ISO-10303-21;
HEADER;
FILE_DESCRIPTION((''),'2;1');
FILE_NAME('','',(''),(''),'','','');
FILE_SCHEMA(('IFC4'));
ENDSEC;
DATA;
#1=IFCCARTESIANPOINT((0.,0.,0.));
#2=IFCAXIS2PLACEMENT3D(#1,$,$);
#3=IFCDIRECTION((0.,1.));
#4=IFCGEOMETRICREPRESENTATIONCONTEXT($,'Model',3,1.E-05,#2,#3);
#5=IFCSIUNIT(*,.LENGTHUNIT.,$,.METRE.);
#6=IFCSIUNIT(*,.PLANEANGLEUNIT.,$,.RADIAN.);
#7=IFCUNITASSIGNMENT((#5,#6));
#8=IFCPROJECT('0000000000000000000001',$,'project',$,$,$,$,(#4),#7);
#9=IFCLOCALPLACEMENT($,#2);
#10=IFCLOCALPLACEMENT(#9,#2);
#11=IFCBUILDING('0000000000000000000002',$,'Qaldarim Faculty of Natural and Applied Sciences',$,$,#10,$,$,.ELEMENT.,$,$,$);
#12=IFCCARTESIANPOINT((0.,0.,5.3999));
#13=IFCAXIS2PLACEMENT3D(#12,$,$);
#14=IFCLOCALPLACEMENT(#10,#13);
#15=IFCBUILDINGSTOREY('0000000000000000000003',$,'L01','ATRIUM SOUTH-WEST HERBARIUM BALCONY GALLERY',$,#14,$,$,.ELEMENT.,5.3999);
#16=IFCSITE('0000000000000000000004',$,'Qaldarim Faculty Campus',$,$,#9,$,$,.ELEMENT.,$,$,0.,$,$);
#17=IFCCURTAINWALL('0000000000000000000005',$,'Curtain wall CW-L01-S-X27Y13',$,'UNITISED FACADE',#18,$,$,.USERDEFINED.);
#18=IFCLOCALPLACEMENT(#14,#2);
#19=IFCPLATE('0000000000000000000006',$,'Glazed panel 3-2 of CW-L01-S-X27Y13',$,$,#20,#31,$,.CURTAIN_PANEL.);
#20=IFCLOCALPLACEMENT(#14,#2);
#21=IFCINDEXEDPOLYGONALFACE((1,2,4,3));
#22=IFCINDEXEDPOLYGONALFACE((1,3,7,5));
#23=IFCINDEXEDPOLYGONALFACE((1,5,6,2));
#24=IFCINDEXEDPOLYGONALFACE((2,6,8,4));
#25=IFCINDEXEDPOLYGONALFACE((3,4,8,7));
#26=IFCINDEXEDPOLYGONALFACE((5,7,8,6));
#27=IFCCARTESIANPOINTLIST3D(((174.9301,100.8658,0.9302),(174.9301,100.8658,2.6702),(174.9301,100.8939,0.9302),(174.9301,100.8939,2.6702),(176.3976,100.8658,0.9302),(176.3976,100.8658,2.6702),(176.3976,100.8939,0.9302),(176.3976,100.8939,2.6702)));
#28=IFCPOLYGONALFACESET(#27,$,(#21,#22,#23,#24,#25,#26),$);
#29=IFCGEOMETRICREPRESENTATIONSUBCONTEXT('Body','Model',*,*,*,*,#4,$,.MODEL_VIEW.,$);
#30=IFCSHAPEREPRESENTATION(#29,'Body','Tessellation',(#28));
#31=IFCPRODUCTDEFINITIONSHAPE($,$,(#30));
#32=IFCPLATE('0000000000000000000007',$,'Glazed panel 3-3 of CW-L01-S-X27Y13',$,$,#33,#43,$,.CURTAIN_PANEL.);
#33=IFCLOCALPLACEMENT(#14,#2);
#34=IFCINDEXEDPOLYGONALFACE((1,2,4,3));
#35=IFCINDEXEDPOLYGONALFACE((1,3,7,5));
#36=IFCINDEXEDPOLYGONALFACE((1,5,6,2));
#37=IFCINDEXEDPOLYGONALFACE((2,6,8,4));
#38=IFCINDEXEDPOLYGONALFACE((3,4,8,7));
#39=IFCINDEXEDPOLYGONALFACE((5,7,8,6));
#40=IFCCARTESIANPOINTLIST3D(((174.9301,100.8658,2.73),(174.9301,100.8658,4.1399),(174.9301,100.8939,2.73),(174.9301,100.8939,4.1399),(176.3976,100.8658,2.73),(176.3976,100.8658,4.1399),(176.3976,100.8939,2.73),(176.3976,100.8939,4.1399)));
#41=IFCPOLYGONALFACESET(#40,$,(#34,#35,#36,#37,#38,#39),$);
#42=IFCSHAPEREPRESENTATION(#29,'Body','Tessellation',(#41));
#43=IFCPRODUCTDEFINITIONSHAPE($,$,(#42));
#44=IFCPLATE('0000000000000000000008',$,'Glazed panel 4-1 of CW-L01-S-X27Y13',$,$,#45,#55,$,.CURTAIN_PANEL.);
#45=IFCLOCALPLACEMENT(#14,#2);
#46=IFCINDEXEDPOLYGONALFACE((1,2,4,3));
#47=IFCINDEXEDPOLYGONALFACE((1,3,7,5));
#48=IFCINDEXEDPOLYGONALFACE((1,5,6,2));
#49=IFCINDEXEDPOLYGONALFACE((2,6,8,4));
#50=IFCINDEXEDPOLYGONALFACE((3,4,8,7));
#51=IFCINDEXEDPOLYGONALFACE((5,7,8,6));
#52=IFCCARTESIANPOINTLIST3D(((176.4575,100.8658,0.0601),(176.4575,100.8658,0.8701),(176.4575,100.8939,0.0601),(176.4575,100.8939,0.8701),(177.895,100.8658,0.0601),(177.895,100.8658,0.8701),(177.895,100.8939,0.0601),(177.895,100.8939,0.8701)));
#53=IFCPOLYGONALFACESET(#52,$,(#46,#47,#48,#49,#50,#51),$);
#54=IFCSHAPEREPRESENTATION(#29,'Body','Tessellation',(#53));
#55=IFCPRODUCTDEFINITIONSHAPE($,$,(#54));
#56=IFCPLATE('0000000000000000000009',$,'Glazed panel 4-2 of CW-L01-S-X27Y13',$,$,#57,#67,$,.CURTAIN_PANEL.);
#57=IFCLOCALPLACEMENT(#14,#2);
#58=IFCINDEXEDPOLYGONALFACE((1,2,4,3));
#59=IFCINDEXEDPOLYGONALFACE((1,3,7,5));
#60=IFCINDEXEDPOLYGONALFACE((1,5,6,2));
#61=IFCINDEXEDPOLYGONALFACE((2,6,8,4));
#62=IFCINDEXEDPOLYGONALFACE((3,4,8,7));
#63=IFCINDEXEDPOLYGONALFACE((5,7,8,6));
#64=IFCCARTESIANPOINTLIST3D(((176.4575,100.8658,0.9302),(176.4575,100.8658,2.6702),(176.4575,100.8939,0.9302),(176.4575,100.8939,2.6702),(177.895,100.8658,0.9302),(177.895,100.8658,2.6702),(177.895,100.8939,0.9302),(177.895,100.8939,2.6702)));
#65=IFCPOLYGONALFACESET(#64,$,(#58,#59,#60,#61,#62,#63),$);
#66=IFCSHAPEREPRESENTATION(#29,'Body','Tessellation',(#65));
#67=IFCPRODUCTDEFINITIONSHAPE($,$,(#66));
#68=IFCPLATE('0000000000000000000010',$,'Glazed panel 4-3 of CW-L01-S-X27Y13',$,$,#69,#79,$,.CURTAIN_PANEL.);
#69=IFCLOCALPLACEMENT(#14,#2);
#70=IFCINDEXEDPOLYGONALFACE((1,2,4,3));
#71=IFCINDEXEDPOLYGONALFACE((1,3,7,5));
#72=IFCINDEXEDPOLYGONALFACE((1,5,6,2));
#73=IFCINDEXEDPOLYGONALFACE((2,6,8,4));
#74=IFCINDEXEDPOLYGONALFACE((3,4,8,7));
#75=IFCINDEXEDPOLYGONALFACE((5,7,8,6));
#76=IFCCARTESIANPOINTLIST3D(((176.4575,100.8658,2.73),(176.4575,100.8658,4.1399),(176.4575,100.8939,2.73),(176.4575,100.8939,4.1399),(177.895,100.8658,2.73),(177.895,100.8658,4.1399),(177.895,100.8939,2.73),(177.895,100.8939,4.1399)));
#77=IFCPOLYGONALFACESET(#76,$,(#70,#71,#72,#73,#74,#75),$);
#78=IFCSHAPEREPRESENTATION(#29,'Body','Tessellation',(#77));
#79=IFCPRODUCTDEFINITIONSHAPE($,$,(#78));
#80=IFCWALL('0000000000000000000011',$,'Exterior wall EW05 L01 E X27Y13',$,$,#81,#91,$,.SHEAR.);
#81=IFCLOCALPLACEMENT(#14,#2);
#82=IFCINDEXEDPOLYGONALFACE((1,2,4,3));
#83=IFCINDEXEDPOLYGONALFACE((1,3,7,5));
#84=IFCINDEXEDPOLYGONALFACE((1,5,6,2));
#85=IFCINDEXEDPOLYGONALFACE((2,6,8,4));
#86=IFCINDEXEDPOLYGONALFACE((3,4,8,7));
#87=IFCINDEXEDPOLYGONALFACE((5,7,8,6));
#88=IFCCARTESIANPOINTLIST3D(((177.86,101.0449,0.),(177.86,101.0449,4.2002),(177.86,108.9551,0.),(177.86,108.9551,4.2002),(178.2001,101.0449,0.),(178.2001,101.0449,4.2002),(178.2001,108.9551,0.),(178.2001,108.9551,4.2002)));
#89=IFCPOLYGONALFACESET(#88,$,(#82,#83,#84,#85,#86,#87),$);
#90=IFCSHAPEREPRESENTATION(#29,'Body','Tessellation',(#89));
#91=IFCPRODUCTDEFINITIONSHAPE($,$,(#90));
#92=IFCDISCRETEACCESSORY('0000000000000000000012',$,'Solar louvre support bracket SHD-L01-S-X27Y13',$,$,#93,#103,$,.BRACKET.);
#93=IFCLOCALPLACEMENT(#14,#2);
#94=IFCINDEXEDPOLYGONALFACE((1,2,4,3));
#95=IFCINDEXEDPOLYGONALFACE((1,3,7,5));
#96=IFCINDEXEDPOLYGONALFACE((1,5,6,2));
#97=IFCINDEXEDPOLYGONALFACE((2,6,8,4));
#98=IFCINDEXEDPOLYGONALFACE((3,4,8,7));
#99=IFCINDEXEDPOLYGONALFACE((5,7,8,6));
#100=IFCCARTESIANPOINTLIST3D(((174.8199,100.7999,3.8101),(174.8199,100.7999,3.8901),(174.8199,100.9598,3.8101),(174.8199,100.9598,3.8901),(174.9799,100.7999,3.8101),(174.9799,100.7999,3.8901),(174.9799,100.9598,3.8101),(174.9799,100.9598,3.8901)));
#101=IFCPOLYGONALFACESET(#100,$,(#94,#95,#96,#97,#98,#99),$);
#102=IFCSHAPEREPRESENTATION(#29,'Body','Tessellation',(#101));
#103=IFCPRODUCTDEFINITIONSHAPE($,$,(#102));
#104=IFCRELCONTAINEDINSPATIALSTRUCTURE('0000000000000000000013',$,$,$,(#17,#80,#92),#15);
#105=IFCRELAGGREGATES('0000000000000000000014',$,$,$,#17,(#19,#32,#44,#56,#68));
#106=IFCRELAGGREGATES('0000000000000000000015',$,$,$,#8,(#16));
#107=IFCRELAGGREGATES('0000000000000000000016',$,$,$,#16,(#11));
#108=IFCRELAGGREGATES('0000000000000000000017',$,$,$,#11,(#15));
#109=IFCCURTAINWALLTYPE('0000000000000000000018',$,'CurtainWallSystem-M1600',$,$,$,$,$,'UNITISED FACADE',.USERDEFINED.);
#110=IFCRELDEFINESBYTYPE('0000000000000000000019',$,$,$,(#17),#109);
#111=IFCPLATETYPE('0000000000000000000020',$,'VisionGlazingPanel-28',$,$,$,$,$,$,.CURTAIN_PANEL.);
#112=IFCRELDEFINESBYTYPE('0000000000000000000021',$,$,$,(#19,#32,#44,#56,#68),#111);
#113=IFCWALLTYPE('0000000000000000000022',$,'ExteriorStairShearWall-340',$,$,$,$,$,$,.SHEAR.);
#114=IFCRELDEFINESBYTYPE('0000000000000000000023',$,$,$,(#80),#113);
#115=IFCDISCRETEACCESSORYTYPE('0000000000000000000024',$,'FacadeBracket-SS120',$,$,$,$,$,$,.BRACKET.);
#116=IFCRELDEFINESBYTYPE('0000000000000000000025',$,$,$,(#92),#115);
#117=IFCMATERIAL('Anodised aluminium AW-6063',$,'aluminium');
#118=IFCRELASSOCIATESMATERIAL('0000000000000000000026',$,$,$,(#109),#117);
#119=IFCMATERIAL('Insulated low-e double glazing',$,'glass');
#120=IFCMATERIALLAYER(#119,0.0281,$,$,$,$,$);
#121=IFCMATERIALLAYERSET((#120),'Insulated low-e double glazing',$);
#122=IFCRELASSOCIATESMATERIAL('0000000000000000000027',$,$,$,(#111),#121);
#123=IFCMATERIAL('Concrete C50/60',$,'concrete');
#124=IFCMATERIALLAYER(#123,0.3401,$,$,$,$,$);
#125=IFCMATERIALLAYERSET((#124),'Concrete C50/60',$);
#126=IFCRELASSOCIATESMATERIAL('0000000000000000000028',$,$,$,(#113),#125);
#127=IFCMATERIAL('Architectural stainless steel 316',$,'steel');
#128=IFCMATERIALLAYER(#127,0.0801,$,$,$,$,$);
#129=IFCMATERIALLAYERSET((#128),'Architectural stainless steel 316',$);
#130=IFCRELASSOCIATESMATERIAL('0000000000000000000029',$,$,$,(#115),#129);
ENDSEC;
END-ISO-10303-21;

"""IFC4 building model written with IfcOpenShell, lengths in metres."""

from ifc_helpers import new_model, si_unit, direction, frame, frame_2d, origin, origin_2d, place, context, subcontext, project, spatial, rectangle, extrude, material, layer, layer_set, type_object, element, aggregate, save


model = new_model("IFC4")

# Units and contexts
model_context = context("Model", 3, precision=1e-05, world=origin(), true_north=direction((0.0, 1.0)))
body_context = subcontext(model_context, "Body", "Model", "MODEL_VIEW")
ifc_project = project(units=[si_unit("LENGTHUNIT", "METRE"), si_unit("PLANEANGLEUNIT", "RADIAN")], contexts=[model_context])

# Site, building, storey
site_placement = place(None, origin())
site = spatial("IfcSite", under=ifc_project, at=site_placement, Name="Qaldarim Faculty Campus", CompositionType="ELEMENT", RefElevation=0.0)
building_placement = place(site_placement, origin())
building = spatial("IfcBuilding", under=site, at=building_placement, Name="Qaldarim Faculty of Natural and Applied Sciences", CompositionType="ELEMENT")
storey_placement = place(building_placement, frame((0.0, 0.0, 5.3999)))
storey = spatial("IfcBuildingStorey", under=building, at=storey_placement, Name="L01", Description="ATRIUM SOUTH-WEST HERBARIUM BALCONY GALLERY", CompositionType="ELEMENT", Elevation=5.3999)

# Curtain wall, plates
ifc_material_1 = material(Name="Anodised aluminium AW-6063", Category="aluminium")
curtain_wall_type = type_object("IfcCurtainWallType", Name="CurtainWallSystem-M1600", ElementType="UNITISED FACADE", PredefinedType="USERDEFINED", material=ifc_material_1)
curtain_wall_placement = place(storey_placement, origin())
curtain_wall = element("IfcCurtainWall", 1, at=curtain_wall_placement, inside=storey, type_object=curtain_wall_type, Name="Curtain wall CW-L01-S-X27Y13", ObjectType="UNITISED FACADE", PredefinedType="USERDEFINED")
ifc_material_2 = material(Name="Insulated low-e double glazing", Category="glass")
ifc_layer_1 = layer(ifc_material_2, 0.0281)
ifc_layer_set_1 = layer_set([ifc_layer_1], Name="Insulated low-e double glazing")
plate_type = type_object("IfcPlateType", Name="VisionGlazingPanel-28", PredefinedType="CURTAIN_PANEL", material=ifc_layer_set_1)
plate_1_placement = place(storey_placement, frame((175.6638, 100.8799, 0.9302), z_axis=(0.0, 0.0, 1.0), x_axis=(1.0, 0.0, 0.0)))
plate_1 = element("IfcPlate", 2, at=plate_1_placement, type_object=plate_type, Name="Glazed panel 3-2 of CW-L01-S-X27Y13", PredefinedType="CURTAIN_PANEL", context=body_context, shape_type="SweptSolid", body=[
    extrude(rectangle(XDim=1.4675, YDim=0.0281, at=origin_2d()), origin(), (0.0, 0.0, 1.0), 1.74),
])
plate_2_placement = place(storey_placement, frame((175.6638, 100.8799, 2.73), z_axis=(0.0, 0.0, 1.0), x_axis=(1.0, 0.0, 0.0)))
plate_2 = element("IfcPlate", 3, at=plate_2_placement, type_object=plate_type, Name="Glazed panel 3-3 of CW-L01-S-X27Y13", PredefinedType="CURTAIN_PANEL", context=body_context, shape_type="SweptSolid", body=[
    extrude(rectangle(XDim=1.4675, YDim=0.0281, at=origin_2d()), origin(), (0.0, 0.0, 1.0), 1.4099),
])
plate_3_placement = place(storey_placement, frame((177.1763, 100.8799, 0.0601), z_axis=(0.0, 0.0, 1.0), x_axis=(1.0, 0.0, 0.0)))
plate_3 = element("IfcPlate", 4, at=plate_3_placement, type_object=plate_type, Name="Glazed panel 4-1 of CW-L01-S-X27Y13", PredefinedType="CURTAIN_PANEL", context=body_context, shape_type="SweptSolid", body=[
    extrude(rectangle(XDim=1.4375, YDim=0.0281, at=origin_2d()), origin(), (0.0, 0.0, 1.0), 0.8101),
])
plate_4_placement = place(storey_placement, frame((177.1763, 100.8799, 0.9302), z_axis=(0.0, 0.0, 1.0), x_axis=(1.0, 0.0, 0.0)))
plate_4 = element("IfcPlate", 5, at=plate_4_placement, type_object=plate_type, Name="Glazed panel 4-2 of CW-L01-S-X27Y13", PredefinedType="CURTAIN_PANEL", context=body_context, shape_type="SweptSolid", body=[
    extrude(rectangle(XDim=1.4375, YDim=0.0281, at=origin_2d()), origin(), (0.0, 0.0, 1.0), 1.74),
])
plate_5_placement = place(storey_placement, frame((177.1763, 100.8799, 2.73), z_axis=(0.0, 0.0, 1.0), x_axis=(1.0, 0.0, 0.0)))
plate_5 = element("IfcPlate", 6, at=plate_5_placement, type_object=plate_type, Name="Glazed panel 4-3 of CW-L01-S-X27Y13", PredefinedType="CURTAIN_PANEL", context=body_context, shape_type="SweptSolid", body=[
    extrude(rectangle(XDim=1.4375, YDim=0.0281, at=origin_2d()), origin(), (0.0, 0.0, 1.0), 1.4099),
])
aggregate(curtain_wall, [plate_1, plate_2, plate_3, plate_4, plate_5])

# Wall
ifc_material_3 = material(Name="Concrete C50/60", Category="concrete")
ifc_layer_2 = layer(ifc_material_3, 0.3401)
ifc_layer_set_2 = layer_set([ifc_layer_2], Name="Concrete C50/60")
wall_type = type_object("IfcWallType", Name="ExteriorStairShearWall-340", PredefinedType="SHEAR", material=ifc_layer_set_2)
wall_placement = place(storey_placement, frame((178.03, 101.0449, 0.0), z_axis=(0.0, 0.0, 1.0), x_axis=(0.0, 1.0, 0.0)))
element("IfcWall", 7, at=wall_placement, inside=storey, type_object=wall_type, Name="Exterior wall EW05 L01 E X27Y13", PredefinedType="SHEAR", context=body_context, shape_type="SweptSolid", body=[
    extrude(rectangle(XDim=7.9102, YDim=0.3401, at=frame_2d((3.9551, 0.0))), origin(), (0.0, 0.0, 1.0), 4.2002),
])

# Discrete accessory
ifc_material_4 = material(Name="Architectural stainless steel 316", Category="steel")
ifc_layer_3 = layer(ifc_material_4, 0.0801)
ifc_layer_set_3 = layer_set([ifc_layer_3], Name="Architectural stainless steel 316")
discrete_accessory_type = type_object("IfcDiscreteAccessoryType", Name="FacadeBracket-SS120", PredefinedType="BRACKET", material=ifc_layer_set_3)
discrete_accessory_placement = place(storey_placement, frame((174.8999, 100.8799, 3.8101), z_axis=(0.0, 0.0, 1.0), x_axis=(1.0, 0.0, 0.0)))
element("IfcDiscreteAccessory", 8, at=discrete_accessory_placement, inside=storey, type_object=discrete_accessory_type, Name="Solar louvre support bracket SHD-L01-S-X27Y13", PredefinedType="BRACKET", context=body_context, shape_type="SweptSolid", body=[
    extrude(rectangle(XDim=0.1599, YDim=0.1599, at=origin_2d()), origin(), (0.0, 0.0, 1.0), 0.0801),
])

save(model, "model.ifc")
